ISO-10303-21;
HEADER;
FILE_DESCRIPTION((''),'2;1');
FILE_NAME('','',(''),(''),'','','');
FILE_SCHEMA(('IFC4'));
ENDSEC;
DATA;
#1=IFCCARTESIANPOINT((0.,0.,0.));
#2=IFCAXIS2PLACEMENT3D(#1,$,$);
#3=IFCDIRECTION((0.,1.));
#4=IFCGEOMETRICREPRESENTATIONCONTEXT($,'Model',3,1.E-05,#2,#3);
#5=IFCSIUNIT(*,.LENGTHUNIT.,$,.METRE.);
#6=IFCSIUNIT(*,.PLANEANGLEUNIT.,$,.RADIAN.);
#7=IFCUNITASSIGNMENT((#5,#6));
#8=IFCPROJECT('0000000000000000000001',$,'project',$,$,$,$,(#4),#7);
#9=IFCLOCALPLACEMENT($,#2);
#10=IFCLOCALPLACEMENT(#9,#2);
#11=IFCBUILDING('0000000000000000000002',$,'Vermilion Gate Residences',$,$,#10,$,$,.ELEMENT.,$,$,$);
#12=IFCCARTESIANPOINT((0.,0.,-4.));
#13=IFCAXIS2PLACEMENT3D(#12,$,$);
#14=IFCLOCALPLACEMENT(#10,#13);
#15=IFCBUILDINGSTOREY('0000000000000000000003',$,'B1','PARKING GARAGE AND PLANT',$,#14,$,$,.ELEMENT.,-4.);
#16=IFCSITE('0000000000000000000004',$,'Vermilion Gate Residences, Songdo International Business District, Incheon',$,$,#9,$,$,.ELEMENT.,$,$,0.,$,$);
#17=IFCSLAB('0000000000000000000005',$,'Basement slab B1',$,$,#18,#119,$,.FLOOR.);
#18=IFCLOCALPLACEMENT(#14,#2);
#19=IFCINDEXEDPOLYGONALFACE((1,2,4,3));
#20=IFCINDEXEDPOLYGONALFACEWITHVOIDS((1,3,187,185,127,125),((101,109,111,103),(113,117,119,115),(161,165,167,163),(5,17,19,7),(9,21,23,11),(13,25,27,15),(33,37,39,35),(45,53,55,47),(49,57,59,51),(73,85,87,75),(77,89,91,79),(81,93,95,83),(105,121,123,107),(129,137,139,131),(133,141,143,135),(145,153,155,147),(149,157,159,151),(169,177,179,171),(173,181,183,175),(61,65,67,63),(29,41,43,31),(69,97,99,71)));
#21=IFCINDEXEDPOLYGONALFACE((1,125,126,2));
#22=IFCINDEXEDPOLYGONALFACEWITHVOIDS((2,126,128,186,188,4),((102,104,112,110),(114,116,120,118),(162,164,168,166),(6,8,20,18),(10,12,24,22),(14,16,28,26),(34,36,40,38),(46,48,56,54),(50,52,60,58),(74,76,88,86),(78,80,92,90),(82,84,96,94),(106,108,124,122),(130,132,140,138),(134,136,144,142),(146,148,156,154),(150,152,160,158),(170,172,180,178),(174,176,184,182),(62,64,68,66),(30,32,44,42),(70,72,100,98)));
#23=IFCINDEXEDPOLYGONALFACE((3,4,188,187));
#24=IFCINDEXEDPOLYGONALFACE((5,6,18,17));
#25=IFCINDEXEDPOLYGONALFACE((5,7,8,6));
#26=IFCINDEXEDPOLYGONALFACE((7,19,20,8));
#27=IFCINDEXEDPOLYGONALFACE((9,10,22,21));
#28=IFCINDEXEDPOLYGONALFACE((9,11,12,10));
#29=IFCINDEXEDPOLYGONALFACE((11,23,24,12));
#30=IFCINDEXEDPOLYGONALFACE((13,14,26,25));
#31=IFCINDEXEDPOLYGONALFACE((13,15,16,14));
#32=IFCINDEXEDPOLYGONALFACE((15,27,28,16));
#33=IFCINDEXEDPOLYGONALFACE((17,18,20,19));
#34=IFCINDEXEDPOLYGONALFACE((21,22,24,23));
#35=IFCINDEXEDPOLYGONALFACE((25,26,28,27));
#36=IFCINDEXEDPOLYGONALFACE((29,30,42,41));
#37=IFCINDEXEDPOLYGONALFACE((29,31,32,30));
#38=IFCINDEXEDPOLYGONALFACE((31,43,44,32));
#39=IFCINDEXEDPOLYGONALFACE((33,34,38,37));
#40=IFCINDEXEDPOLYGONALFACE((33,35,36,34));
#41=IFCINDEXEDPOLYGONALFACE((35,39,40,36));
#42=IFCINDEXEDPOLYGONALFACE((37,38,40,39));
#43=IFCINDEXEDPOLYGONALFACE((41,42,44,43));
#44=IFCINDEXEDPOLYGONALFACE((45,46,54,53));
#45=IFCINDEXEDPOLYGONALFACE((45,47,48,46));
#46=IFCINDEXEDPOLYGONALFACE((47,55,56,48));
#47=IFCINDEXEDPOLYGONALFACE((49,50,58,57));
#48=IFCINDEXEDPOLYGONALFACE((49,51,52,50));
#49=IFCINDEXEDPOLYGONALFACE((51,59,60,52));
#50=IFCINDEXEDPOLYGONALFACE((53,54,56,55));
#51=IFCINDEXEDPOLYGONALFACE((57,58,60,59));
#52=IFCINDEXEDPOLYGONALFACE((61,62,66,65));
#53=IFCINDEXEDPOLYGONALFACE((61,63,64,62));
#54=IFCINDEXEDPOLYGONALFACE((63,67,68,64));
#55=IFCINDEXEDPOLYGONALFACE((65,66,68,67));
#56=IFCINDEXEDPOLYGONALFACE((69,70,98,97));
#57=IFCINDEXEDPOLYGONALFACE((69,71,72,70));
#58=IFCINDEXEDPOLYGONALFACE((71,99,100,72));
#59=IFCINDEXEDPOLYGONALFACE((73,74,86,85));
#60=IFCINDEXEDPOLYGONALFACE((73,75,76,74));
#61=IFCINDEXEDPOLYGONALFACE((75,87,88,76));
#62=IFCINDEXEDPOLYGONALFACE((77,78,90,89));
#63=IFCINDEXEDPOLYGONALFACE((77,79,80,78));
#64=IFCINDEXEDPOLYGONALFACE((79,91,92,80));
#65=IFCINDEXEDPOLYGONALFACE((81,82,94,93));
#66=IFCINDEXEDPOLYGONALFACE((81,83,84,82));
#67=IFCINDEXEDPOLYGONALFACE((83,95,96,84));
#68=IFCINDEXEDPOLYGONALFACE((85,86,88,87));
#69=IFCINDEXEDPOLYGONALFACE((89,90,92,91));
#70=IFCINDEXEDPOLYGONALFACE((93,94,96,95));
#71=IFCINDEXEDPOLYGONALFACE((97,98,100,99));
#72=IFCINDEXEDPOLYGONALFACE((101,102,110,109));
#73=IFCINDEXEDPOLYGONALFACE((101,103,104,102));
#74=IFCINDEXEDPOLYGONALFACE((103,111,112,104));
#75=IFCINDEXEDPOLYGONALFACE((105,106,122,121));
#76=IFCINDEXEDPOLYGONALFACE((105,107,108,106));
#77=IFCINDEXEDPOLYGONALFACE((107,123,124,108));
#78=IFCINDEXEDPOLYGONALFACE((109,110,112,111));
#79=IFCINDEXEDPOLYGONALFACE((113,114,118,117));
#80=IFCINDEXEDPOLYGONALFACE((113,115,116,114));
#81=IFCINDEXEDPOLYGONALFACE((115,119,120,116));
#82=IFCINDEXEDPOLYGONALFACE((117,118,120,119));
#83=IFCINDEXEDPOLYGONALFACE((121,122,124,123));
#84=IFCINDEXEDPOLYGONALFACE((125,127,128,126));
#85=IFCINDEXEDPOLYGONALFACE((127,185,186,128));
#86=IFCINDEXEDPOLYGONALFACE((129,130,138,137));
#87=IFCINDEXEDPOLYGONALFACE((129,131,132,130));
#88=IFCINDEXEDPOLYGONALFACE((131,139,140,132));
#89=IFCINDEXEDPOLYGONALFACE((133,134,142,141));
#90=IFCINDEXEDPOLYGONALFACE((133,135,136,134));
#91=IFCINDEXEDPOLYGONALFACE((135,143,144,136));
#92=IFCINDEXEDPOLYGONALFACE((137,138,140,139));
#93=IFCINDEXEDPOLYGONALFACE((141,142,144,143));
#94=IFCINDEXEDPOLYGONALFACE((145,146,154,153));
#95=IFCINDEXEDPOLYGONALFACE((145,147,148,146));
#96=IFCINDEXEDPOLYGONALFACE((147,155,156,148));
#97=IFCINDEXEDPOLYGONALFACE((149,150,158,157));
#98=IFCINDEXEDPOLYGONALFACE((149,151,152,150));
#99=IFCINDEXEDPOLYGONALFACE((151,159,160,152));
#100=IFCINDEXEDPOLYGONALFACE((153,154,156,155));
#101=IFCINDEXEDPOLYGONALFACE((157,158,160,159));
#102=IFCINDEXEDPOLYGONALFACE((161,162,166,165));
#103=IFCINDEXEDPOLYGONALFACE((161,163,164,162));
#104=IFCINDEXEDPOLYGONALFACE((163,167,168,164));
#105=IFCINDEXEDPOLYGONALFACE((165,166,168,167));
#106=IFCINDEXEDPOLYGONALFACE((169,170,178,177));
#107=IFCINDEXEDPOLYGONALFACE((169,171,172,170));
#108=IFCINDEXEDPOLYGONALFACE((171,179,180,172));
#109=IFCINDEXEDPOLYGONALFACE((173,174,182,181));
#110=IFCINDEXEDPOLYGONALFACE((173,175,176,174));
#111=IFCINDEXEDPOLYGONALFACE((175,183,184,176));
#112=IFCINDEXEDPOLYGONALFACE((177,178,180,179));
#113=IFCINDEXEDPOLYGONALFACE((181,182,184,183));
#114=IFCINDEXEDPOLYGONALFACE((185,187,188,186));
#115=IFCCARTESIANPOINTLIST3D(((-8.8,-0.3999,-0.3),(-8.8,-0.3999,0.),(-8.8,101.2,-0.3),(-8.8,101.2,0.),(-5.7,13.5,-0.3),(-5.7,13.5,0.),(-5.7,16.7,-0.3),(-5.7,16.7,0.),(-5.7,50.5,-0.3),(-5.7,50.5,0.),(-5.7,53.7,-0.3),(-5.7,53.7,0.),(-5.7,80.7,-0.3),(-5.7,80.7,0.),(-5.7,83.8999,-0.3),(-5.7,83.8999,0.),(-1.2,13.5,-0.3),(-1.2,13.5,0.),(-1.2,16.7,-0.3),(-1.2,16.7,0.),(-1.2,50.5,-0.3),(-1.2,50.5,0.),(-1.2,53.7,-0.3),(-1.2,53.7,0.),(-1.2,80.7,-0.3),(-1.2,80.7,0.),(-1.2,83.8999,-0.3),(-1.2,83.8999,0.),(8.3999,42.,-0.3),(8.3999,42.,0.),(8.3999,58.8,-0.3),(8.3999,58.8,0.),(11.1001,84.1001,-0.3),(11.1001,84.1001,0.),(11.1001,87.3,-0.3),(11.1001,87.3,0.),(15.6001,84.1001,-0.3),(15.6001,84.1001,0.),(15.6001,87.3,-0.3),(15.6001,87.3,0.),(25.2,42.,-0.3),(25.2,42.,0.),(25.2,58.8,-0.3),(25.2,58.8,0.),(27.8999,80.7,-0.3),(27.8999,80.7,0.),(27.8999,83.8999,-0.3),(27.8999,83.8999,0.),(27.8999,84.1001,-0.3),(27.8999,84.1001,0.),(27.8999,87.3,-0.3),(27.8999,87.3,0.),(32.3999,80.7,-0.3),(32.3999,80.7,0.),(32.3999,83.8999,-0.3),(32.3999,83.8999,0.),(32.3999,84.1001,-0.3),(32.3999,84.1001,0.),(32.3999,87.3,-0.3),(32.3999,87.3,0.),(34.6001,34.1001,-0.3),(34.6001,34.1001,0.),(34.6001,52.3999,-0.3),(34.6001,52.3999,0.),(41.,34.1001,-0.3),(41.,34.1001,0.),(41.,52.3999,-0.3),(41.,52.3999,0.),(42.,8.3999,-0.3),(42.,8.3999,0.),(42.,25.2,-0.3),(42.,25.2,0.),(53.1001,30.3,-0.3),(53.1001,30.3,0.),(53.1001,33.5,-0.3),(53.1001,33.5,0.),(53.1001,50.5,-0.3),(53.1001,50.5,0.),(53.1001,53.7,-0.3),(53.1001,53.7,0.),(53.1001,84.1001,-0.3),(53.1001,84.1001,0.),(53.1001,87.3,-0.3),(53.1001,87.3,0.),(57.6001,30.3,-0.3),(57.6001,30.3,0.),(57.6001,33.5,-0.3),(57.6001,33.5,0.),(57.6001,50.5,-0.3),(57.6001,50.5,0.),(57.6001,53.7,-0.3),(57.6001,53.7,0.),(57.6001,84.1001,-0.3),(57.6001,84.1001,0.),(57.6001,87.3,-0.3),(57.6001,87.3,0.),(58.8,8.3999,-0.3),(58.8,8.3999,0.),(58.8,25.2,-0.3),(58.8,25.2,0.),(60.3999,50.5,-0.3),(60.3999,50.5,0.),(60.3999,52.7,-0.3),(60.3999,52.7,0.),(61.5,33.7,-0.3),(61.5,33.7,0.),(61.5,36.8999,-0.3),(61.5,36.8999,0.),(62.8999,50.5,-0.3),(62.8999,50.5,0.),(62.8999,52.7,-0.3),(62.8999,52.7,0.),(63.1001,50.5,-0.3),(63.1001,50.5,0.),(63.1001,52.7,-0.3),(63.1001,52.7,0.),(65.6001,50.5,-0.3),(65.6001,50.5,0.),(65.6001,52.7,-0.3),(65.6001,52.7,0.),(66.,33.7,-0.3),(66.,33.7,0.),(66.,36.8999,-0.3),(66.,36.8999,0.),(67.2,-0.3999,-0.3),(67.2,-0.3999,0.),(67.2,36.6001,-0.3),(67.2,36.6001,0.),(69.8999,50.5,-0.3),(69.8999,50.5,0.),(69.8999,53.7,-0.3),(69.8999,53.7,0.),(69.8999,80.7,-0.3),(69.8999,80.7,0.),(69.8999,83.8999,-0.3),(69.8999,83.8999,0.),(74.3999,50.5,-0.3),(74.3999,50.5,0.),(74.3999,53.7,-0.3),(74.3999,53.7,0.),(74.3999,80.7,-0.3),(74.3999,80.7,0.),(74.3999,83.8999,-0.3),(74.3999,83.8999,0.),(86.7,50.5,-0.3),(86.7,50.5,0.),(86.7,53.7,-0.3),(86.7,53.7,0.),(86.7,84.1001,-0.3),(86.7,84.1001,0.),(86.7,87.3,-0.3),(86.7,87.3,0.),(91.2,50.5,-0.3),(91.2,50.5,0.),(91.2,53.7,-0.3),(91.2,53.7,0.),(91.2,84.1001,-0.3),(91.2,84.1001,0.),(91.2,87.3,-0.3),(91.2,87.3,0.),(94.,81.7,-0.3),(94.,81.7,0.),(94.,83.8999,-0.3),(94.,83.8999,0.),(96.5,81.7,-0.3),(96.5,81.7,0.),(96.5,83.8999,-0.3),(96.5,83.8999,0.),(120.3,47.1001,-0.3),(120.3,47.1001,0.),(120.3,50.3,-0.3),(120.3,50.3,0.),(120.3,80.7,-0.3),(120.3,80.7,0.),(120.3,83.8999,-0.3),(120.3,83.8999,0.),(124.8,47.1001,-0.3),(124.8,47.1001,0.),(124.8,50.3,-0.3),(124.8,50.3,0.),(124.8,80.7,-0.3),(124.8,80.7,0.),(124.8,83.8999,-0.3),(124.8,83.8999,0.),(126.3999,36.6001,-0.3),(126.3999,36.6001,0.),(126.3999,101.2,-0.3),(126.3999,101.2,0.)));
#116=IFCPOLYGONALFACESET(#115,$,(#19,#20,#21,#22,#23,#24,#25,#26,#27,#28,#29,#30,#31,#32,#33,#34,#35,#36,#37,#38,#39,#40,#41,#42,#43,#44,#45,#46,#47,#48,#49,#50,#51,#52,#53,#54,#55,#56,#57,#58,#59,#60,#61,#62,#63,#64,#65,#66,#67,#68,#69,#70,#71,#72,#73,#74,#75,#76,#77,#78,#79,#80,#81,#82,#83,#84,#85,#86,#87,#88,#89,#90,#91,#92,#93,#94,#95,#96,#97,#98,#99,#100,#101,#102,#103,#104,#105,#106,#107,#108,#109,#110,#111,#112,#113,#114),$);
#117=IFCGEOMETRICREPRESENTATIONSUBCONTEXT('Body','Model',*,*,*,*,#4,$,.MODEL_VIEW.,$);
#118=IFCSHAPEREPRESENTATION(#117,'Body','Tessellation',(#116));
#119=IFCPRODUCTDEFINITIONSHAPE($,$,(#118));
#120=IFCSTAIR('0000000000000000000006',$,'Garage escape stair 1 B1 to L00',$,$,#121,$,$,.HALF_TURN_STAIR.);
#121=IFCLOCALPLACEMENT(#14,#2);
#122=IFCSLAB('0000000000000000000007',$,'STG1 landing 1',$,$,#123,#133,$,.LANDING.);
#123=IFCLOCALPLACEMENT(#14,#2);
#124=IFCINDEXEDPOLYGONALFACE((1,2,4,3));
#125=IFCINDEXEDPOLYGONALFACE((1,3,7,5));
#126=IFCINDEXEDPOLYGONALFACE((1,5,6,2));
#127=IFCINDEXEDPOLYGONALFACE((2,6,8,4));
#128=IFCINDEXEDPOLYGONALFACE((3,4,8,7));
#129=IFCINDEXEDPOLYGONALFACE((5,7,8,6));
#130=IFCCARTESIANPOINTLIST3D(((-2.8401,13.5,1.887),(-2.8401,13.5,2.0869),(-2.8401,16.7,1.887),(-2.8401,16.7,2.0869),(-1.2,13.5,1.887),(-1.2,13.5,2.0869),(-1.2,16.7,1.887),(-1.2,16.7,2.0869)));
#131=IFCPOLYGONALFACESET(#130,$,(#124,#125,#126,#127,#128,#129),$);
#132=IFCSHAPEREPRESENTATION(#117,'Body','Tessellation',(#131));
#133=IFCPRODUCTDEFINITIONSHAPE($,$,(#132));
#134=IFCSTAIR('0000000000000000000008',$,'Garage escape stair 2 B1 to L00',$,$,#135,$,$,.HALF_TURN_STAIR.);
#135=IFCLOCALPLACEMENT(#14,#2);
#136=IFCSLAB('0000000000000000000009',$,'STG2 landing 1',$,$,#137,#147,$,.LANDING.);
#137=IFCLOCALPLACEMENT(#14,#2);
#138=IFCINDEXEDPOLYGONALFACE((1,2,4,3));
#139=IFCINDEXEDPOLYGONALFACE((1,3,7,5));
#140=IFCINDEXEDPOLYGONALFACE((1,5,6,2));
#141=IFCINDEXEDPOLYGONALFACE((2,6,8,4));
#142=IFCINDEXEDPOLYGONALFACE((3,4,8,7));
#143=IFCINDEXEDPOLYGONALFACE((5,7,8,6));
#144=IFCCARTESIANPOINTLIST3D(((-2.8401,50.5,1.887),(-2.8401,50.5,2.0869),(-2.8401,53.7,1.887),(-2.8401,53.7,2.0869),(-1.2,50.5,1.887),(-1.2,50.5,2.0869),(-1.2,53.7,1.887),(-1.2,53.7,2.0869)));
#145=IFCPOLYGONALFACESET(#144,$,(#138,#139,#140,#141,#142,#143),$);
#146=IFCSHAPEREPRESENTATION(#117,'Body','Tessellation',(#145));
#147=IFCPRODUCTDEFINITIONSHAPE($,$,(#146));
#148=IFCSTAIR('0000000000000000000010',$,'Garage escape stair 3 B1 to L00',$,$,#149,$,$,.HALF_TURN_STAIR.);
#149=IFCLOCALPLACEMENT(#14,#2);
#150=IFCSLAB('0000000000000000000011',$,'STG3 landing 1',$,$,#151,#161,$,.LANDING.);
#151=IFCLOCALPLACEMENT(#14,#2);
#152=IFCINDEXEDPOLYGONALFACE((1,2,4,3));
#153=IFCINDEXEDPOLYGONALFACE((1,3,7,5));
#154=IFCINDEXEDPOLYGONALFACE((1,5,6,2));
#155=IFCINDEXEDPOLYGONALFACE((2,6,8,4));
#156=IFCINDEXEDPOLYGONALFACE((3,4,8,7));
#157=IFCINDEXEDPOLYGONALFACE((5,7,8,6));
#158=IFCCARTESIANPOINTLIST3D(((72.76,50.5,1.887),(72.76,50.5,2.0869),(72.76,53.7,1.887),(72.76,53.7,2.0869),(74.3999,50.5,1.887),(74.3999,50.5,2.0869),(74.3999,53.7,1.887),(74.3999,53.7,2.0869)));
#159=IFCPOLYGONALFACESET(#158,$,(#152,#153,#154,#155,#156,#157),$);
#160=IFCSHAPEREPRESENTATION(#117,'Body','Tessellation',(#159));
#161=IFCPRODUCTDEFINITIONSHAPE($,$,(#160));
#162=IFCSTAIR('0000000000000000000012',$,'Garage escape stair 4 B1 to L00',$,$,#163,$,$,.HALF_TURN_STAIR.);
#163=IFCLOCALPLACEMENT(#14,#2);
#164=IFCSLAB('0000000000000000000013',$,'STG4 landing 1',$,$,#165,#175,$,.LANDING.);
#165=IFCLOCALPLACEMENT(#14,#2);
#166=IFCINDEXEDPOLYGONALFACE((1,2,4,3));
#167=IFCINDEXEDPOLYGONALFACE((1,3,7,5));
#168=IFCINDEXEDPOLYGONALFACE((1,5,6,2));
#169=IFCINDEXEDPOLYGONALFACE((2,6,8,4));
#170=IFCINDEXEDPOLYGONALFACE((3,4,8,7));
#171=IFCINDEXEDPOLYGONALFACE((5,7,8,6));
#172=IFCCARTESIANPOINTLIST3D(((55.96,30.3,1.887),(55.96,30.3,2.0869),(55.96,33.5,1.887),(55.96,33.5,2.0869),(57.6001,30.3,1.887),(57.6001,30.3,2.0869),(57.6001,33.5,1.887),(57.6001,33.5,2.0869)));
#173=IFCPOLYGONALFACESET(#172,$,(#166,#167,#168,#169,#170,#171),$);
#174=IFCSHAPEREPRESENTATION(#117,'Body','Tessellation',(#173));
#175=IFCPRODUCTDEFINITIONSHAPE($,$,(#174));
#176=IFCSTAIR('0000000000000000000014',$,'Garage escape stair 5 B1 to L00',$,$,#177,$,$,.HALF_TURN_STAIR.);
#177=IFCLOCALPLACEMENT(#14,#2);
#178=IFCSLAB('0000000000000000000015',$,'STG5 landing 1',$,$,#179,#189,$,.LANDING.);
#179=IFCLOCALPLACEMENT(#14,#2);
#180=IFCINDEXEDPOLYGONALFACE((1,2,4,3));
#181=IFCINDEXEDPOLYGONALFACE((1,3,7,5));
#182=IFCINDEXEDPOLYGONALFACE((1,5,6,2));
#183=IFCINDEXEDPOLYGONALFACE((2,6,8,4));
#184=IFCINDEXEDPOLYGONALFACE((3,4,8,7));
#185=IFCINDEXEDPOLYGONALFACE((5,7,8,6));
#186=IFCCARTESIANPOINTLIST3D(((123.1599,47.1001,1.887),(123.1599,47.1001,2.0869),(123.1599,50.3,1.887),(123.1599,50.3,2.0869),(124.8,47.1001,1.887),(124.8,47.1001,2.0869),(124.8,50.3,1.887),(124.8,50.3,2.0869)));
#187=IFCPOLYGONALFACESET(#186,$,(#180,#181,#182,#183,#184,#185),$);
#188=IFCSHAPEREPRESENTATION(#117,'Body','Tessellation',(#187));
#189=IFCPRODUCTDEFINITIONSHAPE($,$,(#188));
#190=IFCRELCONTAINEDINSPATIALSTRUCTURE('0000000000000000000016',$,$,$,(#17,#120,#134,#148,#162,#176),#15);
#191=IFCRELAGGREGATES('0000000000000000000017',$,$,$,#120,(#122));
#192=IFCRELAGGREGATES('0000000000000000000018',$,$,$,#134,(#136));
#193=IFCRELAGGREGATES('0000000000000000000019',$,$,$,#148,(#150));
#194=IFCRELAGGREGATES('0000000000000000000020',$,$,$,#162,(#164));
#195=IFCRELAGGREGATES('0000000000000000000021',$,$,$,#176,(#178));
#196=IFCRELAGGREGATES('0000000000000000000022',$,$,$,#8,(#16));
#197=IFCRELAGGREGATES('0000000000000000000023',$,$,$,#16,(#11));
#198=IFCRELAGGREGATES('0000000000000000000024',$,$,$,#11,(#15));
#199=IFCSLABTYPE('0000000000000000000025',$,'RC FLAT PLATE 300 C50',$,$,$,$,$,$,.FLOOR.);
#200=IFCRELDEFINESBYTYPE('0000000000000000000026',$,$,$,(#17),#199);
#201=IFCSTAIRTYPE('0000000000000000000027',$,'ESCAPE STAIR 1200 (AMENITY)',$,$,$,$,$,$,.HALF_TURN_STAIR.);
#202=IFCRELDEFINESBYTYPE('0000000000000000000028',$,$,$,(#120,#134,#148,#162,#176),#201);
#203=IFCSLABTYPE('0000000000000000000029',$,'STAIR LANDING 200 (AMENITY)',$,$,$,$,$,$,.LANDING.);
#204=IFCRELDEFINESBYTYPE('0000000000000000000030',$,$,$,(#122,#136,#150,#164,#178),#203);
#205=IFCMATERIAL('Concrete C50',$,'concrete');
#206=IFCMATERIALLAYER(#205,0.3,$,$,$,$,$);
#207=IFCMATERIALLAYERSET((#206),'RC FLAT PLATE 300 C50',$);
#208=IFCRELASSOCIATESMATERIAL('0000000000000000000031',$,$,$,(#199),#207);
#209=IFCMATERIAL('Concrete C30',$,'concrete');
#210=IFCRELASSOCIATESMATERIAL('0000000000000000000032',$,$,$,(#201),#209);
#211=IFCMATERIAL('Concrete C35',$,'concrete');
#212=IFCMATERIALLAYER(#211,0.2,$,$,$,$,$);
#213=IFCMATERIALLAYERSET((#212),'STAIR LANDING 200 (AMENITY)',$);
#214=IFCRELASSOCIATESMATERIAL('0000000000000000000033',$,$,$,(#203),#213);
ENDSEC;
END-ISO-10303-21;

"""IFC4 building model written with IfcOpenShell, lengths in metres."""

from ifc_helpers import new_model, si_unit, direction, frame, origin, place, context, subcontext, project, spatial, polyline, outline, extrude, material, layer, layer_set, type_object, element, aggregate, save


model = new_model("IFC4")

# Units and contexts
model_context = context("Model", 3, precision=1e-05, world=origin(), true_north=direction((0.0, 1.0)))
body_context = subcontext(model_context, "Body", "Model", "MODEL_VIEW")
ifc_project = project(units=[si_unit("LENGTHUNIT", "METRE"), si_unit("PLANEANGLEUNIT", "RADIAN")], contexts=[model_context])

# Site, building, storey
site_placement = place(None, origin())
site = spatial("IfcSite", under=ifc_project, at=site_placement, Name="Vermilion Gate Residences, Songdo International Business District, Incheon", CompositionType="ELEMENT", RefElevation=0.0)
building_placement = place(site_placement, origin())
building = spatial("IfcBuilding", under=site, at=building_placement, Name="Vermilion Gate Residences", CompositionType="ELEMENT")
storey_placement = place(building_placement, frame((0.0, 0.0, -4.0)))
storey = spatial("IfcBuildingStorey", under=building, at=storey_placement, Name="B1", Description="PARKING GARAGE AND PLANT", CompositionType="ELEMENT", Elevation=-4.0)

# Slab
ifc_material_1 = material(Name="Concrete C50", Category="concrete")
ifc_layer_1 = layer(ifc_material_1, 0.3)
ifc_layer_set_1 = layer_set([ifc_layer_1], Name="RC FLAT PLATE 300 C50")
slab_type_1 = type_object("IfcSlabType", Name="RC FLAT PLATE 300 C50", PredefinedType="FLOOR", material=ifc_layer_set_1)
slab_1_placement = place(storey_placement, frame((0.0, 0.0, -0.3)))
element("IfcSlab", 1, at=slab_1_placement, inside=storey, type_object=slab_type_1, Name="Basement slab B1", PredefinedType="FLOOR", context=body_context, shape_type="SweptSolid", body=[
    extrude(outline(polyline([(126.3999, 36.6001), (126.3999, 101.2), (-8.8, 101.2), (-8.8, -0.3999), (67.2, -0.3999), (67.2, 36.6001), (126.3999, 36.6001)]), holes=[polyline([(120.3, 80.7), (120.3, 83.8999), (124.8, 83.8999), (124.8, 80.7), (120.3, 80.7)]), polyline([(120.3, 47.1001), (120.3, 50.3), (124.8, 50.3), (124.8, 47.1001), (120.3, 47.1001)]), polyline([(96.5, 83.8999), (96.5, 81.7), (94.0, 81.7), (94.0, 83.8999), (96.5, 83.8999)]), polyline([(86.7, 87.3), (91.2, 87.3), (91.2, 84.1001), (86.7, 84.1001), (86.7, 87.3)]), polyline([(86.7, 53.7), (91.2, 53.7), (91.2, 50.5), (86.7, 50.5), (86.7, 53.7)]), polyline([(74.3999, 83.8999), (74.3999, 80.7), (69.8999, 80.7), (69.8999, 83.8999), (74.3999, 83.8999)]), polyline([(74.3999, 53.7), (74.3999, 50.5), (69.8999, 50.5), (69.8999, 53.7), (74.3999, 53.7)]), polyline([(66.0, 33.7), (61.5, 33.7), (61.5, 36.8999), (66.0, 36.8999), (66.0, 33.7)]), polyline([(63.1001, 52.7), (65.6001, 52.7), (65.6001, 50.5), (63.1001, 50.5), (63.1001, 52.7)]), polyline([(60.3999, 50.5), (60.3999, 52.7), (62.8999, 52.7), (62.8999, 50.5), (60.3999, 50.5)]), polyline([(58.8, 8.3999), (42.0, 8.3999), (42.0, 25.2), (58.8, 25.2), (58.8, 8.3999)]), polyline([(57.6001, 84.1001), (53.1001, 84.1001), (53.1001, 87.3), (57.6001, 87.3), (57.6001, 84.1001)]), polyline([(57.6001, 53.7), (57.6001, 50.5), (53.1001, 50.5), (53.1001, 53.7), (57.6001, 53.7)]), polyline([(57.6001, 30.3), (53.1001, 30.3), (53.1001, 33.5), (57.6001, 33.5), (57.6001, 30.3)]), polyline([(41.0, 34.1001), (34.6001, 34.1001), (34.6001, 52.3999), (41.0, 52.3999), (41.0, 34.1001)]), polyline([(27.8999, 84.1001), (27.8999, 87.3), (32.3999, 87.3), (32.3999, 84.1001), (27.8999, 84.1001)]), polyline([(27.8999, 83.8999), (32.3999, 83.8999), (32.3999, 80.7), (27.8999, 80.7), (27.8999, 83.8999)]), polyline([(25.2, 42.0), (8.3999, 42.0), (8.3999, 58.8), (25.2, 58.8), (25.2, 42.0)]), polyline([(15.6001, 84.1001), (11.1001, 84.1001), (11.1001, 87.3), (15.6001, 87.3), (15.6001, 84.1001)]), polyline([(-5.7, 13.5), (-5.7, 16.7), (-1.2, 16.7), (-1.2, 13.5), (-5.7, 13.5)]), polyline([(-1.2, 83.8999), (-1.2, 80.7), (-5.7, 80.7), (-5.7, 83.8999), (-1.2, 83.8999)]), polyline([(-5.7, 53.7), (-1.2, 53.7), (-1.2, 50.5), (-5.7, 50.5), (-5.7, 53.7)])]), origin(), (0.0, 0.0, 1.0), 0.3),
])

# Stairs, slabs
ifc_material_2 = material(Name="Concrete C30", Category="concrete")
stair_type_1 = type_object("IfcStairType", Name="ESCAPE STAIR 1200 (AMENITY)", PredefinedType="HALF_TURN_STAIR", material=ifc_material_2)
stair_1_placement = place(storey_placement, origin())
stair_1 = element("IfcStair", 2, at=stair_1_placement, inside=storey, type_object=stair_type_1, Name="Garage escape stair 1 B1 to L00", PredefinedType="HALF_TURN_STAIR")
ifc_material_3 = material(Name="Concrete C35", Category="concrete")
ifc_layer_2 = layer(ifc_material_3, 0.2)
ifc_layer_set_2 = layer_set([ifc_layer_2], Name="STAIR LANDING 200 (AMENITY)")
slab_type_2 = type_object("IfcSlabType", Name="STAIR LANDING 200 (AMENITY)", PredefinedType="LANDING", material=ifc_layer_set_2)
slab_2_placement = place(storey_placement, frame((0.0, 0.0, 1.887)))
slab_2 = element("IfcSlab", 3, at=slab_2_placement, type_object=slab_type_2, Name="STG1 landing 1", PredefinedType="LANDING", context=body_context, shape_type="SweptSolid", body=[
    extrude(outline(polyline([(-2.8401, 13.5), (-1.2, 13.5), (-1.2, 16.7), (-2.8401, 16.7), (-2.8401, 13.5)])), origin(), (0.0, 0.0, 1.0), 0.2),
])
aggregate(stair_1, [slab_2])
stair_2_placement = place(storey_placement, origin())
stair_2 = element("IfcStair", 4, at=stair_2_placement, inside=storey, type_object=stair_type_1, Name="Garage escape stair 2 B1 to L00", PredefinedType="HALF_TURN_STAIR")
slab_3_placement = place(storey_placement, frame((0.0, 0.0, 1.887)))
slab_3 = element("IfcSlab", 5, at=slab_3_placement, type_object=slab_type_2, Name="STG2 landing 1", PredefinedType="LANDING", context=body_context, shape_type="SweptSolid", body=[
    extrude(outline(polyline([(-2.8401, 50.5), (-1.2, 50.5), (-1.2, 53.7), (-2.8401, 53.7), (-2.8401, 50.5)])), origin(), (0.0, 0.0, 1.0), 0.2),
])
aggregate(stair_2, [slab_3])
stair_3_placement = place(storey_placement, origin())
stair_3 = element("IfcStair", 6, at=stair_3_placement, inside=storey, type_object=stair_type_1, Name="Garage escape stair 3 B1 to L00", PredefinedType="HALF_TURN_STAIR")
slab_4_placement = place(storey_placement, frame((0.0, 0.0, 1.887)))
slab_4 = element("IfcSlab", 7, at=slab_4_placement, type_object=slab_type_2, Name="STG3 landing 1", PredefinedType="LANDING", context=body_context, shape_type="SweptSolid", body=[
    extrude(outline(polyline([(72.76, 50.5), (74.3999, 50.5), (74.3999, 53.7), (72.76, 53.7), (72.76, 50.5)])), origin(), (0.0, 0.0, 1.0), 0.2),
])
aggregate(stair_3, [slab_4])
stair_4_placement = place(storey_placement, origin())
stair_4 = element("IfcStair", 8, at=stair_4_placement, inside=storey, type_object=stair_type_1, Name="Garage escape stair 4 B1 to L00", PredefinedType="HALF_TURN_STAIR")
slab_5_placement = place(storey_placement, frame((0.0, 0.0, 1.887)))
slab_5 = element("IfcSlab", 9, at=slab_5_placement, type_object=slab_type_2, Name="STG4 landing 1", PredefinedType="LANDING", context=body_context, shape_type="SweptSolid", body=[
    extrude(outline(polyline([(55.96, 30.3), (57.6001, 30.3), (57.6001, 33.5), (55.96, 33.5), (55.96, 30.3)])), origin(), (0.0, 0.0, 1.0), 0.2),
])
aggregate(stair_4, [slab_5])
stair_5_placement = place(storey_placement, origin())
stair_5 = element("IfcStair", 10, at=stair_5_placement, inside=storey, type_object=stair_type_1, Name="Garage escape stair 5 B1 to L00", PredefinedType="HALF_TURN_STAIR")
slab_6_placement = place(storey_placement, frame((0.0, 0.0, 1.887)))
slab_6 = element("IfcSlab", 11, at=slab_6_placement, type_object=slab_type_2, Name="STG5 landing 1", PredefinedType="LANDING", context=body_context, shape_type="SweptSolid", body=[
    extrude(outline(polyline([(123.1599, 47.1001), (124.8, 47.1001), (124.8, 50.3), (123.1599, 50.3), (123.1599, 47.1001)])), origin(), (0.0, 0.0, 1.0), 0.2),
])
aggregate(stair_5, [slab_6])

save(model, "model.ifc")
